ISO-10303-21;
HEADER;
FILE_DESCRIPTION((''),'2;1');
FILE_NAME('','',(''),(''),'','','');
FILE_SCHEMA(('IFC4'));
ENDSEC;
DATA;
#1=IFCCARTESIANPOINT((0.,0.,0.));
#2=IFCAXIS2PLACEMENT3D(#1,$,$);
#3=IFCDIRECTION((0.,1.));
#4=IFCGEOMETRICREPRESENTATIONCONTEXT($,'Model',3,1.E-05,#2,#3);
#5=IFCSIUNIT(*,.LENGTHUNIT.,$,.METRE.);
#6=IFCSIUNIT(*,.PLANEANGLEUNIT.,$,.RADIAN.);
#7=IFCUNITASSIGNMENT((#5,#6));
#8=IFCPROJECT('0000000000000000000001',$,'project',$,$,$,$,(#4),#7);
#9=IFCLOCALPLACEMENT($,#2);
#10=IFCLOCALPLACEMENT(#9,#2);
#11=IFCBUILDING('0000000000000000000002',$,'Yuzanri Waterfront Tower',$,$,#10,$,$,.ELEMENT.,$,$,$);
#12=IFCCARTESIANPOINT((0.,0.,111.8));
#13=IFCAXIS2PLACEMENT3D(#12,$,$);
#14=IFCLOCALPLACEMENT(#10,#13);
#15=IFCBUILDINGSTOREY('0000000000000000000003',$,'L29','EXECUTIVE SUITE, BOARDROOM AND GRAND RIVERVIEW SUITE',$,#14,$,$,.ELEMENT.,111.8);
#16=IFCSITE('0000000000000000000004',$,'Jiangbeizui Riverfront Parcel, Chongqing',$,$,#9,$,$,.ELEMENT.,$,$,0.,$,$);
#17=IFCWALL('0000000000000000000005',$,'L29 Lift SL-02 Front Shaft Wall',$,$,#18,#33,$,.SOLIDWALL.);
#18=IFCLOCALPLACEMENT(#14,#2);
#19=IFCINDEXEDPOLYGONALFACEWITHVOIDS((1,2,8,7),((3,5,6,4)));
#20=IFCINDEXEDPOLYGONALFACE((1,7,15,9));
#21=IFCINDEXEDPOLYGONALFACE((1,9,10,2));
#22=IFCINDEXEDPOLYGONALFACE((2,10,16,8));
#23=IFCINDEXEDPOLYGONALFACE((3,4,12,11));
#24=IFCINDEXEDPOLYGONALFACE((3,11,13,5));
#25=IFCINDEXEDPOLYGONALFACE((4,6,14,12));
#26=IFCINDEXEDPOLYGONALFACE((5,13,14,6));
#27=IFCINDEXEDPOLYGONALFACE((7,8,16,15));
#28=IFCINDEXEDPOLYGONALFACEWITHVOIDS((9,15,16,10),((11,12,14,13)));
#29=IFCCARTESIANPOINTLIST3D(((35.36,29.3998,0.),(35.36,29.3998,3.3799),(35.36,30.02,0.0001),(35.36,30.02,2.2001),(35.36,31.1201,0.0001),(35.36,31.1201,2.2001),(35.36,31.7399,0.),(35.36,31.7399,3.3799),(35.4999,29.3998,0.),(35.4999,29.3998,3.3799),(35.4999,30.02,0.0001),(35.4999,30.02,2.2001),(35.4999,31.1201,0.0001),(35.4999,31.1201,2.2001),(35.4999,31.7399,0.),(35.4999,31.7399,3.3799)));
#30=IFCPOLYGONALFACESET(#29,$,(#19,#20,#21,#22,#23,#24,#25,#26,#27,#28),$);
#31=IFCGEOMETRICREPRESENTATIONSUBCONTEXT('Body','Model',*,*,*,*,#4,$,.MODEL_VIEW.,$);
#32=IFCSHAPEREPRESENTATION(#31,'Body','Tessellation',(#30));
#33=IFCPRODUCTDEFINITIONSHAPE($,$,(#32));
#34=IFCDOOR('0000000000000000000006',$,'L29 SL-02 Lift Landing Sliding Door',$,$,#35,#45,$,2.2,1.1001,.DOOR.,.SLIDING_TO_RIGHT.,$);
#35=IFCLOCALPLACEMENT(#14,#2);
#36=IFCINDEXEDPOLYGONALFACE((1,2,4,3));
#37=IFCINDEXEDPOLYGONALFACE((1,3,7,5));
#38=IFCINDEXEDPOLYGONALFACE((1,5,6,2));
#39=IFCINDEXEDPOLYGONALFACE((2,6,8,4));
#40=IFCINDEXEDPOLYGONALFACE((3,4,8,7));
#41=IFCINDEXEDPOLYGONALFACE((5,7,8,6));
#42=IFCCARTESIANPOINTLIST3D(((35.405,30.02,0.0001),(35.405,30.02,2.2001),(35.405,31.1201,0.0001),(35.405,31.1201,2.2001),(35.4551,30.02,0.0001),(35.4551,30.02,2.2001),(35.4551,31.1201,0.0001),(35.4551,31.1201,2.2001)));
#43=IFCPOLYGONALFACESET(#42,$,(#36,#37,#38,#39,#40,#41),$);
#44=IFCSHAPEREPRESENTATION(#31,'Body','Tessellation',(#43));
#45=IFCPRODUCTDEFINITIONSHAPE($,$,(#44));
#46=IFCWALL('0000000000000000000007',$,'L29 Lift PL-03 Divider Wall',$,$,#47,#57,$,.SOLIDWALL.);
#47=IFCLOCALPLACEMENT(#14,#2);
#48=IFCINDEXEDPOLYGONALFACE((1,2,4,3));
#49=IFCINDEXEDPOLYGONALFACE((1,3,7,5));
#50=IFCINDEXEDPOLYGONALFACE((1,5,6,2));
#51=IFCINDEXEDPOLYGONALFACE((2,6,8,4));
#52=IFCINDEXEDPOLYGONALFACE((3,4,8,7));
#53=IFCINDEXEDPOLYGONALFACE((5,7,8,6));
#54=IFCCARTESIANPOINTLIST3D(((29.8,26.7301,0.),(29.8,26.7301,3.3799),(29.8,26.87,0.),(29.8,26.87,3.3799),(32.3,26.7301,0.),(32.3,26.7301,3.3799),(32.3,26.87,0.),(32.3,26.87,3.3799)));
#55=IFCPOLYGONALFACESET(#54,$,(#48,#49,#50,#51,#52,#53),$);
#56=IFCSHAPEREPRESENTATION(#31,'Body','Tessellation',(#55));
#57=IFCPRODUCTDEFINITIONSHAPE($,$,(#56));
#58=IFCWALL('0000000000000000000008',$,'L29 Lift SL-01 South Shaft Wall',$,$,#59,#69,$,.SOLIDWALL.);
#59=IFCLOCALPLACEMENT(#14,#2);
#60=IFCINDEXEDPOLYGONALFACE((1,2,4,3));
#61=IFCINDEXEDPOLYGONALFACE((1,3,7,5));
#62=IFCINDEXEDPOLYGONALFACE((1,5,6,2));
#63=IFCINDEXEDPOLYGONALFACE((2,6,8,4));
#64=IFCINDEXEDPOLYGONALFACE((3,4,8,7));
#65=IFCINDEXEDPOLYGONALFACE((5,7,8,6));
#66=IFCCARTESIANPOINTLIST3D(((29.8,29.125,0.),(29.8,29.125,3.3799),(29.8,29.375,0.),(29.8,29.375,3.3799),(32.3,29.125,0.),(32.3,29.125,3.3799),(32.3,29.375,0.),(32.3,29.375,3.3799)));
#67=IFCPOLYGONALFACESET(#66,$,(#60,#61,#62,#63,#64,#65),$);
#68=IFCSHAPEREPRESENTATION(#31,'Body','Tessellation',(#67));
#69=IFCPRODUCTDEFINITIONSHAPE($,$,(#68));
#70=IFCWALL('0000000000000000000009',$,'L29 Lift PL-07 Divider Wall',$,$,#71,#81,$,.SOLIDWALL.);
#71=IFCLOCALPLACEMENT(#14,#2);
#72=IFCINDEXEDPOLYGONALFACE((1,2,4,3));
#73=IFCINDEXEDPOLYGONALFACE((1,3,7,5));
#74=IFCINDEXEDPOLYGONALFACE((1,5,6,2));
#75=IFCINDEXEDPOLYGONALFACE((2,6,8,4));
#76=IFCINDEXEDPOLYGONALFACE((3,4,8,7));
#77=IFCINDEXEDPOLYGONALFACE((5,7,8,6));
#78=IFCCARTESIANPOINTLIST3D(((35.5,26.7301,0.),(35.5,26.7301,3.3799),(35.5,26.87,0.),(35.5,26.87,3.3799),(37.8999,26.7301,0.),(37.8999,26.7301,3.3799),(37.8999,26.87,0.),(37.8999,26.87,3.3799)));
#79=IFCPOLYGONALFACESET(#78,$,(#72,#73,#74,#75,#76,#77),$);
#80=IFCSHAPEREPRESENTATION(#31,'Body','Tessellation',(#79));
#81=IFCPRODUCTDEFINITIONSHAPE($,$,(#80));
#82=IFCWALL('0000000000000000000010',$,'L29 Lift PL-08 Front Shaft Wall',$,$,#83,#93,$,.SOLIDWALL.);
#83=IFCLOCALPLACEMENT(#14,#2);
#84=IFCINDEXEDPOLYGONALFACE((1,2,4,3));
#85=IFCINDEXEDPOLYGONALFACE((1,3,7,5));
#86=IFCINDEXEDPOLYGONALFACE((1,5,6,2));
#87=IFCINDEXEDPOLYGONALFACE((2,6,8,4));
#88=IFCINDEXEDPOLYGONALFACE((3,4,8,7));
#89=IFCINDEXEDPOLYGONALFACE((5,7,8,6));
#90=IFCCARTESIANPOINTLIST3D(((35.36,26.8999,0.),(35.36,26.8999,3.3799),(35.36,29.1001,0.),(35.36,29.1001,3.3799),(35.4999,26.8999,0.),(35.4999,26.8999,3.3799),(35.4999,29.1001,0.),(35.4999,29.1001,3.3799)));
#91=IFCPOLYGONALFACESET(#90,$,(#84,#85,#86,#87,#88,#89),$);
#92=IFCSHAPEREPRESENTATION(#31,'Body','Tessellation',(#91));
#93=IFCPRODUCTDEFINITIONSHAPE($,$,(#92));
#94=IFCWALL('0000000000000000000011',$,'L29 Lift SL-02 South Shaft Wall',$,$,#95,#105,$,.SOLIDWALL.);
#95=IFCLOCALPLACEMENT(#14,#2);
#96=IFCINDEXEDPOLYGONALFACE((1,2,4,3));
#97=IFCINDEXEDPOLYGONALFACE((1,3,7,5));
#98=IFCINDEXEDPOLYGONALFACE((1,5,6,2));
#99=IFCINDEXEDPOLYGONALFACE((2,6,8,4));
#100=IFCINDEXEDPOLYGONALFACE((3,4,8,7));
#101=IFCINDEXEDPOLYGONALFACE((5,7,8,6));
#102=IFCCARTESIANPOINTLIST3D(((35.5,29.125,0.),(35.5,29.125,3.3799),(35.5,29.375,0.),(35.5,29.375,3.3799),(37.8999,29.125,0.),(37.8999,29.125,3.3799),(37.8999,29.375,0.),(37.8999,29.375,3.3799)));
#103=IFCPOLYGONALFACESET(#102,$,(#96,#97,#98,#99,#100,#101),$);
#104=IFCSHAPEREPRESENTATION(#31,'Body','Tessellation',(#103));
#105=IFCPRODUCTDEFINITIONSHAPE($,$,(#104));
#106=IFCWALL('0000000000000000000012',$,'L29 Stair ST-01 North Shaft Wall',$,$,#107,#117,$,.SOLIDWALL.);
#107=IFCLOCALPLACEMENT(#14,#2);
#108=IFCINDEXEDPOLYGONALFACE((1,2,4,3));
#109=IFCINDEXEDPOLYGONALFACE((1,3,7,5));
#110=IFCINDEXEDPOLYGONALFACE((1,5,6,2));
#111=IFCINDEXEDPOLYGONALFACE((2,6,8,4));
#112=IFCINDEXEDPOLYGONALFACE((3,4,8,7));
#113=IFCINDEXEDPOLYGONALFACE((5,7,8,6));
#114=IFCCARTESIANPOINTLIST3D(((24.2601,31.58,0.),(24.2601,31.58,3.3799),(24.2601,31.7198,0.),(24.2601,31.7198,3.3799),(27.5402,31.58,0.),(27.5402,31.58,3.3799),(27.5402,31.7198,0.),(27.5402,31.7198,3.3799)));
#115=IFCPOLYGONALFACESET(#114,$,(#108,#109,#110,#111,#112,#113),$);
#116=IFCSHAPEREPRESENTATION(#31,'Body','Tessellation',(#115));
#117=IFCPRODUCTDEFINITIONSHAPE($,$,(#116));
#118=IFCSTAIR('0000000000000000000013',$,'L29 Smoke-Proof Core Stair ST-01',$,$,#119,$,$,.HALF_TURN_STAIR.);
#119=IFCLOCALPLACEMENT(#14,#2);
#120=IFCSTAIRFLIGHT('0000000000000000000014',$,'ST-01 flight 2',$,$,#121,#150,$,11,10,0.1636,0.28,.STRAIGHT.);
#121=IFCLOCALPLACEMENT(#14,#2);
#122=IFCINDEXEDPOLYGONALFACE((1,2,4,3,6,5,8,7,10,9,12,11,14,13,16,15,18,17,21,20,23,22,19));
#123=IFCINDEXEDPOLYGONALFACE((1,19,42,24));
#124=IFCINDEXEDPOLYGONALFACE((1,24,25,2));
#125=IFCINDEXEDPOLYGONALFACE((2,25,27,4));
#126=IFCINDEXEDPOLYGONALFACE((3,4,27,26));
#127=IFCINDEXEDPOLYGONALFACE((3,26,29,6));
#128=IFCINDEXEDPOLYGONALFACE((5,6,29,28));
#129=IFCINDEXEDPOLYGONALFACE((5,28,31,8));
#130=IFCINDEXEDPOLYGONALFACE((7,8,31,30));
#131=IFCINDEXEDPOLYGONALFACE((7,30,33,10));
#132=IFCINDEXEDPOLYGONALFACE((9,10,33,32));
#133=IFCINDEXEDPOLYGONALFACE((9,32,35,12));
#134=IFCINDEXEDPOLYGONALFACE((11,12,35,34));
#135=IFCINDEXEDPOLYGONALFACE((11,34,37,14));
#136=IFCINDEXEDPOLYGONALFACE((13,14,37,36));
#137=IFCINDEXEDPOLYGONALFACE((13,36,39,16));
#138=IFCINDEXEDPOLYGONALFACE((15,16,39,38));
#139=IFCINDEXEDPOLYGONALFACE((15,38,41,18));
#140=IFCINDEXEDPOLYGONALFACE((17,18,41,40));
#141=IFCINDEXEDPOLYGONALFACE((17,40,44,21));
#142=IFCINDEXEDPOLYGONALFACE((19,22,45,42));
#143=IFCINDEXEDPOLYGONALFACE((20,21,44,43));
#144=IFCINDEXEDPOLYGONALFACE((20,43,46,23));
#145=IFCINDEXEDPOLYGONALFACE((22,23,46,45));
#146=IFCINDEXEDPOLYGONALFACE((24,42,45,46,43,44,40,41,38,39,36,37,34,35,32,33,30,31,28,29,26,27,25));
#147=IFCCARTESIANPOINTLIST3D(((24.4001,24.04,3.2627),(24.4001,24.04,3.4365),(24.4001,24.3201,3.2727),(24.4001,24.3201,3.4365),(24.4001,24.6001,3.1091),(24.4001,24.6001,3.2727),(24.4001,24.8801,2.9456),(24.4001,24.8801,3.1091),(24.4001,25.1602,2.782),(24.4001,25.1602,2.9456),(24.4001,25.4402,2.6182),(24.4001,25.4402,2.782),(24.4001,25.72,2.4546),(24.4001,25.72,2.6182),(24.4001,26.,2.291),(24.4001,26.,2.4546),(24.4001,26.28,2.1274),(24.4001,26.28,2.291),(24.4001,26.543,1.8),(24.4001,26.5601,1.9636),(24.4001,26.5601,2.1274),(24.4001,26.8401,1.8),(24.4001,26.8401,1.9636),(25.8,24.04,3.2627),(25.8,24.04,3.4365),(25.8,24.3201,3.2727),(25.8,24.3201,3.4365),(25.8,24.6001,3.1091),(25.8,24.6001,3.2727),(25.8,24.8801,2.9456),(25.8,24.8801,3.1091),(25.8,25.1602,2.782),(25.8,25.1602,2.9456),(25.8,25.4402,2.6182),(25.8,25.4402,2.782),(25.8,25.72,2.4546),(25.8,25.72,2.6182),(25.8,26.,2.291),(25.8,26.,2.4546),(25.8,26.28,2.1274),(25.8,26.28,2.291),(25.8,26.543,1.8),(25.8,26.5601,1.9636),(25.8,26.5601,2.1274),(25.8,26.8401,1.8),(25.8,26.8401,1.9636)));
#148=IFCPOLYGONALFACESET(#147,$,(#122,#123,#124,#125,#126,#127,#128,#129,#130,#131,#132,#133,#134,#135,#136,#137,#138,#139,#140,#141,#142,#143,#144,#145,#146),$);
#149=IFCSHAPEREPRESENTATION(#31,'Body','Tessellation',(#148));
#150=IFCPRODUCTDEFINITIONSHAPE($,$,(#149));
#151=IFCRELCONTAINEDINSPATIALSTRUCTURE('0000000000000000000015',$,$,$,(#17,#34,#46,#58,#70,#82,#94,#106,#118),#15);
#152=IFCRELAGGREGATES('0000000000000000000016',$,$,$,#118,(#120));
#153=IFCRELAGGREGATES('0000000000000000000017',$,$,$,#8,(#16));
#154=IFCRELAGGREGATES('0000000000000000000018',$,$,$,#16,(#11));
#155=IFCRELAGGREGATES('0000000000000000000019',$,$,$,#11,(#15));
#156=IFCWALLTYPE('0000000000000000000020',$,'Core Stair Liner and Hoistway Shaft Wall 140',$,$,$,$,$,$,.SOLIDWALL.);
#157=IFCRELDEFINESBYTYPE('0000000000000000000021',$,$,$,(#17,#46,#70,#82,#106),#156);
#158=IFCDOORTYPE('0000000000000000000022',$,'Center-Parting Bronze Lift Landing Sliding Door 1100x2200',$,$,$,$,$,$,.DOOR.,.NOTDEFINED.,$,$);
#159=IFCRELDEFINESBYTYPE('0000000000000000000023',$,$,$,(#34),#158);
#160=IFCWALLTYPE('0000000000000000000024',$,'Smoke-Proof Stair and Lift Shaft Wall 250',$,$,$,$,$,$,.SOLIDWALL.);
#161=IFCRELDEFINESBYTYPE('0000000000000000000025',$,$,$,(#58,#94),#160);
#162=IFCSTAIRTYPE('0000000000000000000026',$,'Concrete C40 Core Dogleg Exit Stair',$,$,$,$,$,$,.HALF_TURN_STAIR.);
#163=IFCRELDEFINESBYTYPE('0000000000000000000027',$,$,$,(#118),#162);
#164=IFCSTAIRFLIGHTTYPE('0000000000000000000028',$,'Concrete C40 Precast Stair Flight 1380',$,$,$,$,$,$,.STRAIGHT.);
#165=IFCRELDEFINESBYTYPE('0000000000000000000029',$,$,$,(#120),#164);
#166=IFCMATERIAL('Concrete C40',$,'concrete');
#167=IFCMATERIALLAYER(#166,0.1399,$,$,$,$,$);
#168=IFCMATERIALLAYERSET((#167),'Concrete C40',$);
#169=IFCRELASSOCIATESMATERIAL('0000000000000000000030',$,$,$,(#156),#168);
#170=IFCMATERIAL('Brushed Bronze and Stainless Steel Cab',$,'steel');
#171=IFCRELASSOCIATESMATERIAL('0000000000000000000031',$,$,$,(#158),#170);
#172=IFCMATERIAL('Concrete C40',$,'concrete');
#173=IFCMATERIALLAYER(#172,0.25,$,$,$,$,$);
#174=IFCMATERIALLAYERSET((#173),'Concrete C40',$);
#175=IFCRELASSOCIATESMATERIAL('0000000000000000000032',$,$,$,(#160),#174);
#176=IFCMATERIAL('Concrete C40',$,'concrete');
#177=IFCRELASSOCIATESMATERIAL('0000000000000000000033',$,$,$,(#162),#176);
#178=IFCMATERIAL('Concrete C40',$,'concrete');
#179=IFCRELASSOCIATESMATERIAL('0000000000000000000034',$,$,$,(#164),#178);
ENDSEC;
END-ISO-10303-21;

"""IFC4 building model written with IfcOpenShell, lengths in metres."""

from ifc_helpers import new_model, si_unit, direction, frame, frame_2d, origin, place, context, subcontext, project, spatial, polyline, rectangle, outline, extrude, source, transform, mapped, material, layer, layer_set, type_object, element, fill, aggregate, save


model = new_model("IFC4")

# Units and contexts
model_context = context("Model", 3, precision=1e-05, world=origin(), true_north=direction((0.0, 1.0)))
body_context = subcontext(model_context, "Body", "Model", "MODEL_VIEW")
ifc_project = project(units=[si_unit("LENGTHUNIT", "METRE"), si_unit("PLANEANGLEUNIT", "RADIAN")], contexts=[model_context])

# Site, building, storey
site_placement = place(None, origin())
site = spatial("IfcSite", under=ifc_project, at=site_placement, Name="Jiangbeizui Riverfront Parcel, Chongqing", CompositionType="ELEMENT", RefElevation=0.0)
building_placement = place(site_placement, origin())
building = spatial("IfcBuilding", under=site, at=building_placement, Name="Yuzanri Waterfront Tower", CompositionType="ELEMENT")
storey_placement = place(building_placement, frame((0.0, 0.0, 111.8)))
storey = spatial("IfcBuildingStorey", under=building, at=storey_placement, Name="L29", Description="EXECUTIVE SUITE, BOARDROOM AND GRAND RIVERVIEW SUITE", CompositionType="ELEMENT", Elevation=111.8)

# Wall, opening, door
ifc_material_1 = material(Name="Concrete C40", Category="concrete")
ifc_layer_1 = layer(ifc_material_1, 0.1399)
ifc_layer_set_1 = layer_set([ifc_layer_1], Name="Concrete C40")
wall_type_1 = type_object("IfcWallType", Name="Core Stair Liner and Hoistway Shaft Wall 140", PredefinedType="SOLIDWALL", material=ifc_layer_set_1)
ifc_material_2 = material(Name="Brushed Bronze and Stainless Steel Cab", Category="steel")
door_type_1 = type_object("IfcDoorType", Name="Center-Parting Bronze Lift Landing Sliding Door 1100x2200", OperationType="NOTDEFINED", PredefinedType="DOOR", material=ifc_material_2)
shared_shape_1 = source(origin(), body_context, "Body", "SweptSolid", [
    extrude(rectangle(XDim=1.1001, YDim=2.2, at=frame_2d((0.55, 1.1001))), frame((0.0, 0.0249, 0.0), z_axis=(0.0, -1.0, 0.0), x_axis=(1.0, 0.0, 0.0)), (0.0, 0.0, 1.0), 0.05),
])
wall_1_placement = place(storey_placement, frame((35.4299, 29.3999, 0.0), z_axis=(0.0, 0.0, 1.0), x_axis=(0.0, 1.0, 0.0)))
wall_1 = element("IfcWall", 1, at=wall_1_placement, inside=storey, type_object=wall_type_1, Name="L29 Lift SL-02 Front Shaft Wall", PredefinedType="SOLIDWALL", context=body_context, shape_type="SweptSolid", body=[
    extrude(rectangle(XDim=2.3401, YDim=0.1399, at=frame_2d((1.1699, 0.0))), origin(), (0.0, 0.0, 1.0), 3.3799),
])
opening_1_placement = place(wall_1_placement, frame((0.6201, 0.0, 0.0)))
opening_1 = element("IfcOpeningElement", 2, at=opening_1_placement, cuts=wall_1, PredefinedType="OPENING", context=body_context, shape_type="SweptSolid", body=[
    extrude(rectangle(XDim=1.1001, YDim=2.2, at=frame_2d((0.55, 1.1001))), frame((0.0, 0.085, 0.0), z_axis=(0.0, -1.0, 0.0), x_axis=(1.0, 0.0, 0.0)), (0.0, 0.0, 1.0), 0.1697),
])
door_1_placement = place(opening_1_placement, origin())
door_1 = element("IfcDoor", 3, at=door_1_placement, inside=storey, type_object=door_type_1, Name="L29 SL-02 Lift Landing Sliding Door", OperationType="SLIDING_TO_RIGHT", OverallHeight=2.2, OverallWidth=1.1001, PredefinedType="DOOR", context=body_context, shape_type="MappedRepresentation", body=[
    mapped(shared_shape_1, transform((0.0, 0.0, 0.0), scale=1.0)),
])
fill(opening_1, door_1)

# Walls
shared_shape_2 = source(origin(), body_context, "Body", "SweptSolid", [
    extrude(rectangle(XDim=2.5, YDim=0.1399, at=frame_2d((1.25, 0.0))), origin(), (0.0, 0.0, 1.0), 3.3799),
])
wall_2_placement = place(storey_placement, frame((29.8, 26.8, 0.0), z_axis=(0.0, 0.0, 1.0), x_axis=(1.0, 0.0, 0.0)))
element("IfcWall", 4, at=wall_2_placement, inside=storey, type_object=wall_type_1, Name="L29 Lift PL-03 Divider Wall", PredefinedType="SOLIDWALL", context=body_context, shape_type="MappedRepresentation", body=[
    mapped(shared_shape_2, transform((0.0, 0.0, 0.0), scale=1.0)),
])
ifc_material_3 = material(Name="Concrete C40", Category="concrete")
ifc_layer_2 = layer(ifc_material_3, 0.25)
ifc_layer_set_2 = layer_set([ifc_layer_2], Name="Concrete C40")
wall_type_2 = type_object("IfcWallType", Name="Smoke-Proof Stair and Lift Shaft Wall 250", PredefinedType="SOLIDWALL", material=ifc_layer_set_2)
shared_shape_3 = source(origin(), body_context, "Body", "SweptSolid", [
    extrude(rectangle(XDim=2.5, YDim=0.25, at=frame_2d((1.25, 0.0))), origin(), (0.0, 0.0, 1.0), 3.3799),
])
wall_3_placement = place(storey_placement, frame((29.8, 29.25, 0.0), z_axis=(0.0, 0.0, 1.0), x_axis=(1.0, 0.0, 0.0)))
element("IfcWall", 5, at=wall_3_placement, inside=storey, type_object=wall_type_2, Name="L29 Lift SL-01 South Shaft Wall", PredefinedType="SOLIDWALL", context=body_context, shape_type="MappedRepresentation", body=[
    mapped(shared_shape_3, transform((0.0, 0.0, 0.0), scale=1.0)),
])
shared_shape_4 = source(origin(), body_context, "Body", "SweptSolid", [
    extrude(rectangle(XDim=2.3999, YDim=0.1399, at=frame_2d((1.2, 0.0))), origin(), (0.0, 0.0, 1.0), 3.3799),
])
wall_4_placement = place(storey_placement, frame((35.5, 26.8, 0.0), z_axis=(0.0, 0.0, 1.0), x_axis=(1.0, 0.0, 0.0)))
element("IfcWall", 6, at=wall_4_placement, inside=storey, type_object=wall_type_1, Name="L29 Lift PL-07 Divider Wall", PredefinedType="SOLIDWALL", context=body_context, shape_type="MappedRepresentation", body=[
    mapped(shared_shape_4, transform((0.0, 0.0, 0.0), scale=1.0)),
])
shared_shape_5 = source(origin(), body_context, "Body", "SweptSolid", [
    extrude(rectangle(XDim=2.2002, YDim=0.1399, at=frame_2d((1.1001, 0.0))), origin(), (0.0, 0.0, 1.0), 3.3799),
])
wall_5_placement = place(storey_placement, frame((35.4299, 26.8999, 0.0), z_axis=(0.0, 0.0, 1.0), x_axis=(0.0, 1.0, 0.0)))
element("IfcWall", 7, at=wall_5_placement, inside=storey, type_object=wall_type_1, Name="L29 Lift PL-08 Front Shaft Wall", PredefinedType="SOLIDWALL", context=body_context, shape_type="MappedRepresentation", body=[
    mapped(shared_shape_5, transform((0.0, 0.0, 0.0), scale=1.0)),
])
shared_shape_6 = source(origin(), body_context, "Body", "SweptSolid", [
    extrude(rectangle(XDim=2.3999, YDim=0.25, at=frame_2d((1.2, 0.0))), origin(), (0.0, 0.0, 1.0), 3.3799),
])
wall_6_placement = place(storey_placement, frame((35.5, 29.25, 0.0), z_axis=(0.0, 0.0, 1.0), x_axis=(1.0, 0.0, 0.0)))
element("IfcWall", 8, at=wall_6_placement, inside=storey, type_object=wall_type_2, Name="L29 Lift SL-02 South Shaft Wall", PredefinedType="SOLIDWALL", context=body_context, shape_type="MappedRepresentation", body=[
    mapped(shared_shape_6, transform((0.0, 0.0, 0.0), scale=1.0)),
])
shared_shape_7 = source(origin(), body_context, "Body", "SweptSolid", [
    extrude(rectangle(XDim=3.28, YDim=0.1399, at=frame_2d((1.6401, 0.0))), origin(), (0.0, 0.0, 1.0), 3.3799),
])
wall_7_placement = place(storey_placement, frame((24.26, 31.6499, 0.0), z_axis=(0.0, 0.0, 1.0), x_axis=(1.0, 0.0, 0.0)))
element("IfcWall", 9, at=wall_7_placement, inside=storey, type_object=wall_type_1, Name="L29 Stair ST-01 North Shaft Wall", PredefinedType="SOLIDWALL", context=body_context, shape_type="MappedRepresentation", body=[
    mapped(shared_shape_7, transform((0.0, 0.0, 0.0), scale=1.0)),
])

# Stair, stair flight
ifc_material_4 = material(Name="Concrete C40", Category="concrete")
stair_type = type_object("IfcStairType", Name="Concrete C40 Core Dogleg Exit Stair", PredefinedType="HALF_TURN_STAIR", material=ifc_material_4)
stair_placement = place(storey_placement, origin())
stair = element("IfcStair", 10, at=stair_placement, inside=storey, type_object=stair_type, Name="L29 Smoke-Proof Core Stair ST-01", PredefinedType="HALF_TURN_STAIR")
ifc_material_5 = material(Name="Concrete C40", Category="concrete")
stair_flight_type = type_object("IfcStairFlightType", Name="Concrete C40 Precast Stair Flight 1380", PredefinedType="STRAIGHT", material=ifc_material_5)
shared_shape_8 = source(origin(), body_context, "Body", "SweptSolid", [
    extrude(outline(polyline([(0.0, 0.0), (0.0, 0.1636), (0.28, 0.1636), (0.28, 0.3274), (0.5601, 0.3274), (0.5601, 0.491), (0.8401, 0.491), (0.8401, 0.6545), (1.1201, 0.6545), (1.1201, 0.8181), (1.3999, 0.8181), (1.3999, 0.9819), (1.6799, 0.9819), (1.6799, 1.1455), (1.96, 1.1455), (1.96, 1.3091), (2.24, 1.3091), (2.24, 1.4727), (2.52, 1.4727), (2.52, 1.6365), (2.8, 1.6365), (2.8, 1.8), (2.8, 1.4626), (0.2971, 0.0), (0.0, 0.0)])), frame((0.0, 0.7, 0.0), z_axis=(0.0, -1.0, 0.0), x_axis=(1.0, 0.0, 0.0)), (0.0, 0.0, 1.0), 1.3999),
])
stair_flight_placement = place(storey_placement, frame((25.1001, 26.8401, 1.8), z_axis=(0.0, 0.0, 1.0), x_axis=(0.0, -1.0, 0.0)))
stair_flight = element("IfcStairFlight", 11, at=stair_flight_placement, type_object=stair_flight_type, Name="ST-01 flight 2", NumberOfRisers=11, NumberOfTreads=10, PredefinedType="STRAIGHT", RiserHeight=0.1636, TreadLength=0.28, context=body_context, shape_type="MappedRepresentation", body=[
    mapped(shared_shape_8, transform((0.0, 0.0, 0.0), scale=1.0)),
])
aggregate(stair, [stair_flight])

save(model, "model.ifc")
